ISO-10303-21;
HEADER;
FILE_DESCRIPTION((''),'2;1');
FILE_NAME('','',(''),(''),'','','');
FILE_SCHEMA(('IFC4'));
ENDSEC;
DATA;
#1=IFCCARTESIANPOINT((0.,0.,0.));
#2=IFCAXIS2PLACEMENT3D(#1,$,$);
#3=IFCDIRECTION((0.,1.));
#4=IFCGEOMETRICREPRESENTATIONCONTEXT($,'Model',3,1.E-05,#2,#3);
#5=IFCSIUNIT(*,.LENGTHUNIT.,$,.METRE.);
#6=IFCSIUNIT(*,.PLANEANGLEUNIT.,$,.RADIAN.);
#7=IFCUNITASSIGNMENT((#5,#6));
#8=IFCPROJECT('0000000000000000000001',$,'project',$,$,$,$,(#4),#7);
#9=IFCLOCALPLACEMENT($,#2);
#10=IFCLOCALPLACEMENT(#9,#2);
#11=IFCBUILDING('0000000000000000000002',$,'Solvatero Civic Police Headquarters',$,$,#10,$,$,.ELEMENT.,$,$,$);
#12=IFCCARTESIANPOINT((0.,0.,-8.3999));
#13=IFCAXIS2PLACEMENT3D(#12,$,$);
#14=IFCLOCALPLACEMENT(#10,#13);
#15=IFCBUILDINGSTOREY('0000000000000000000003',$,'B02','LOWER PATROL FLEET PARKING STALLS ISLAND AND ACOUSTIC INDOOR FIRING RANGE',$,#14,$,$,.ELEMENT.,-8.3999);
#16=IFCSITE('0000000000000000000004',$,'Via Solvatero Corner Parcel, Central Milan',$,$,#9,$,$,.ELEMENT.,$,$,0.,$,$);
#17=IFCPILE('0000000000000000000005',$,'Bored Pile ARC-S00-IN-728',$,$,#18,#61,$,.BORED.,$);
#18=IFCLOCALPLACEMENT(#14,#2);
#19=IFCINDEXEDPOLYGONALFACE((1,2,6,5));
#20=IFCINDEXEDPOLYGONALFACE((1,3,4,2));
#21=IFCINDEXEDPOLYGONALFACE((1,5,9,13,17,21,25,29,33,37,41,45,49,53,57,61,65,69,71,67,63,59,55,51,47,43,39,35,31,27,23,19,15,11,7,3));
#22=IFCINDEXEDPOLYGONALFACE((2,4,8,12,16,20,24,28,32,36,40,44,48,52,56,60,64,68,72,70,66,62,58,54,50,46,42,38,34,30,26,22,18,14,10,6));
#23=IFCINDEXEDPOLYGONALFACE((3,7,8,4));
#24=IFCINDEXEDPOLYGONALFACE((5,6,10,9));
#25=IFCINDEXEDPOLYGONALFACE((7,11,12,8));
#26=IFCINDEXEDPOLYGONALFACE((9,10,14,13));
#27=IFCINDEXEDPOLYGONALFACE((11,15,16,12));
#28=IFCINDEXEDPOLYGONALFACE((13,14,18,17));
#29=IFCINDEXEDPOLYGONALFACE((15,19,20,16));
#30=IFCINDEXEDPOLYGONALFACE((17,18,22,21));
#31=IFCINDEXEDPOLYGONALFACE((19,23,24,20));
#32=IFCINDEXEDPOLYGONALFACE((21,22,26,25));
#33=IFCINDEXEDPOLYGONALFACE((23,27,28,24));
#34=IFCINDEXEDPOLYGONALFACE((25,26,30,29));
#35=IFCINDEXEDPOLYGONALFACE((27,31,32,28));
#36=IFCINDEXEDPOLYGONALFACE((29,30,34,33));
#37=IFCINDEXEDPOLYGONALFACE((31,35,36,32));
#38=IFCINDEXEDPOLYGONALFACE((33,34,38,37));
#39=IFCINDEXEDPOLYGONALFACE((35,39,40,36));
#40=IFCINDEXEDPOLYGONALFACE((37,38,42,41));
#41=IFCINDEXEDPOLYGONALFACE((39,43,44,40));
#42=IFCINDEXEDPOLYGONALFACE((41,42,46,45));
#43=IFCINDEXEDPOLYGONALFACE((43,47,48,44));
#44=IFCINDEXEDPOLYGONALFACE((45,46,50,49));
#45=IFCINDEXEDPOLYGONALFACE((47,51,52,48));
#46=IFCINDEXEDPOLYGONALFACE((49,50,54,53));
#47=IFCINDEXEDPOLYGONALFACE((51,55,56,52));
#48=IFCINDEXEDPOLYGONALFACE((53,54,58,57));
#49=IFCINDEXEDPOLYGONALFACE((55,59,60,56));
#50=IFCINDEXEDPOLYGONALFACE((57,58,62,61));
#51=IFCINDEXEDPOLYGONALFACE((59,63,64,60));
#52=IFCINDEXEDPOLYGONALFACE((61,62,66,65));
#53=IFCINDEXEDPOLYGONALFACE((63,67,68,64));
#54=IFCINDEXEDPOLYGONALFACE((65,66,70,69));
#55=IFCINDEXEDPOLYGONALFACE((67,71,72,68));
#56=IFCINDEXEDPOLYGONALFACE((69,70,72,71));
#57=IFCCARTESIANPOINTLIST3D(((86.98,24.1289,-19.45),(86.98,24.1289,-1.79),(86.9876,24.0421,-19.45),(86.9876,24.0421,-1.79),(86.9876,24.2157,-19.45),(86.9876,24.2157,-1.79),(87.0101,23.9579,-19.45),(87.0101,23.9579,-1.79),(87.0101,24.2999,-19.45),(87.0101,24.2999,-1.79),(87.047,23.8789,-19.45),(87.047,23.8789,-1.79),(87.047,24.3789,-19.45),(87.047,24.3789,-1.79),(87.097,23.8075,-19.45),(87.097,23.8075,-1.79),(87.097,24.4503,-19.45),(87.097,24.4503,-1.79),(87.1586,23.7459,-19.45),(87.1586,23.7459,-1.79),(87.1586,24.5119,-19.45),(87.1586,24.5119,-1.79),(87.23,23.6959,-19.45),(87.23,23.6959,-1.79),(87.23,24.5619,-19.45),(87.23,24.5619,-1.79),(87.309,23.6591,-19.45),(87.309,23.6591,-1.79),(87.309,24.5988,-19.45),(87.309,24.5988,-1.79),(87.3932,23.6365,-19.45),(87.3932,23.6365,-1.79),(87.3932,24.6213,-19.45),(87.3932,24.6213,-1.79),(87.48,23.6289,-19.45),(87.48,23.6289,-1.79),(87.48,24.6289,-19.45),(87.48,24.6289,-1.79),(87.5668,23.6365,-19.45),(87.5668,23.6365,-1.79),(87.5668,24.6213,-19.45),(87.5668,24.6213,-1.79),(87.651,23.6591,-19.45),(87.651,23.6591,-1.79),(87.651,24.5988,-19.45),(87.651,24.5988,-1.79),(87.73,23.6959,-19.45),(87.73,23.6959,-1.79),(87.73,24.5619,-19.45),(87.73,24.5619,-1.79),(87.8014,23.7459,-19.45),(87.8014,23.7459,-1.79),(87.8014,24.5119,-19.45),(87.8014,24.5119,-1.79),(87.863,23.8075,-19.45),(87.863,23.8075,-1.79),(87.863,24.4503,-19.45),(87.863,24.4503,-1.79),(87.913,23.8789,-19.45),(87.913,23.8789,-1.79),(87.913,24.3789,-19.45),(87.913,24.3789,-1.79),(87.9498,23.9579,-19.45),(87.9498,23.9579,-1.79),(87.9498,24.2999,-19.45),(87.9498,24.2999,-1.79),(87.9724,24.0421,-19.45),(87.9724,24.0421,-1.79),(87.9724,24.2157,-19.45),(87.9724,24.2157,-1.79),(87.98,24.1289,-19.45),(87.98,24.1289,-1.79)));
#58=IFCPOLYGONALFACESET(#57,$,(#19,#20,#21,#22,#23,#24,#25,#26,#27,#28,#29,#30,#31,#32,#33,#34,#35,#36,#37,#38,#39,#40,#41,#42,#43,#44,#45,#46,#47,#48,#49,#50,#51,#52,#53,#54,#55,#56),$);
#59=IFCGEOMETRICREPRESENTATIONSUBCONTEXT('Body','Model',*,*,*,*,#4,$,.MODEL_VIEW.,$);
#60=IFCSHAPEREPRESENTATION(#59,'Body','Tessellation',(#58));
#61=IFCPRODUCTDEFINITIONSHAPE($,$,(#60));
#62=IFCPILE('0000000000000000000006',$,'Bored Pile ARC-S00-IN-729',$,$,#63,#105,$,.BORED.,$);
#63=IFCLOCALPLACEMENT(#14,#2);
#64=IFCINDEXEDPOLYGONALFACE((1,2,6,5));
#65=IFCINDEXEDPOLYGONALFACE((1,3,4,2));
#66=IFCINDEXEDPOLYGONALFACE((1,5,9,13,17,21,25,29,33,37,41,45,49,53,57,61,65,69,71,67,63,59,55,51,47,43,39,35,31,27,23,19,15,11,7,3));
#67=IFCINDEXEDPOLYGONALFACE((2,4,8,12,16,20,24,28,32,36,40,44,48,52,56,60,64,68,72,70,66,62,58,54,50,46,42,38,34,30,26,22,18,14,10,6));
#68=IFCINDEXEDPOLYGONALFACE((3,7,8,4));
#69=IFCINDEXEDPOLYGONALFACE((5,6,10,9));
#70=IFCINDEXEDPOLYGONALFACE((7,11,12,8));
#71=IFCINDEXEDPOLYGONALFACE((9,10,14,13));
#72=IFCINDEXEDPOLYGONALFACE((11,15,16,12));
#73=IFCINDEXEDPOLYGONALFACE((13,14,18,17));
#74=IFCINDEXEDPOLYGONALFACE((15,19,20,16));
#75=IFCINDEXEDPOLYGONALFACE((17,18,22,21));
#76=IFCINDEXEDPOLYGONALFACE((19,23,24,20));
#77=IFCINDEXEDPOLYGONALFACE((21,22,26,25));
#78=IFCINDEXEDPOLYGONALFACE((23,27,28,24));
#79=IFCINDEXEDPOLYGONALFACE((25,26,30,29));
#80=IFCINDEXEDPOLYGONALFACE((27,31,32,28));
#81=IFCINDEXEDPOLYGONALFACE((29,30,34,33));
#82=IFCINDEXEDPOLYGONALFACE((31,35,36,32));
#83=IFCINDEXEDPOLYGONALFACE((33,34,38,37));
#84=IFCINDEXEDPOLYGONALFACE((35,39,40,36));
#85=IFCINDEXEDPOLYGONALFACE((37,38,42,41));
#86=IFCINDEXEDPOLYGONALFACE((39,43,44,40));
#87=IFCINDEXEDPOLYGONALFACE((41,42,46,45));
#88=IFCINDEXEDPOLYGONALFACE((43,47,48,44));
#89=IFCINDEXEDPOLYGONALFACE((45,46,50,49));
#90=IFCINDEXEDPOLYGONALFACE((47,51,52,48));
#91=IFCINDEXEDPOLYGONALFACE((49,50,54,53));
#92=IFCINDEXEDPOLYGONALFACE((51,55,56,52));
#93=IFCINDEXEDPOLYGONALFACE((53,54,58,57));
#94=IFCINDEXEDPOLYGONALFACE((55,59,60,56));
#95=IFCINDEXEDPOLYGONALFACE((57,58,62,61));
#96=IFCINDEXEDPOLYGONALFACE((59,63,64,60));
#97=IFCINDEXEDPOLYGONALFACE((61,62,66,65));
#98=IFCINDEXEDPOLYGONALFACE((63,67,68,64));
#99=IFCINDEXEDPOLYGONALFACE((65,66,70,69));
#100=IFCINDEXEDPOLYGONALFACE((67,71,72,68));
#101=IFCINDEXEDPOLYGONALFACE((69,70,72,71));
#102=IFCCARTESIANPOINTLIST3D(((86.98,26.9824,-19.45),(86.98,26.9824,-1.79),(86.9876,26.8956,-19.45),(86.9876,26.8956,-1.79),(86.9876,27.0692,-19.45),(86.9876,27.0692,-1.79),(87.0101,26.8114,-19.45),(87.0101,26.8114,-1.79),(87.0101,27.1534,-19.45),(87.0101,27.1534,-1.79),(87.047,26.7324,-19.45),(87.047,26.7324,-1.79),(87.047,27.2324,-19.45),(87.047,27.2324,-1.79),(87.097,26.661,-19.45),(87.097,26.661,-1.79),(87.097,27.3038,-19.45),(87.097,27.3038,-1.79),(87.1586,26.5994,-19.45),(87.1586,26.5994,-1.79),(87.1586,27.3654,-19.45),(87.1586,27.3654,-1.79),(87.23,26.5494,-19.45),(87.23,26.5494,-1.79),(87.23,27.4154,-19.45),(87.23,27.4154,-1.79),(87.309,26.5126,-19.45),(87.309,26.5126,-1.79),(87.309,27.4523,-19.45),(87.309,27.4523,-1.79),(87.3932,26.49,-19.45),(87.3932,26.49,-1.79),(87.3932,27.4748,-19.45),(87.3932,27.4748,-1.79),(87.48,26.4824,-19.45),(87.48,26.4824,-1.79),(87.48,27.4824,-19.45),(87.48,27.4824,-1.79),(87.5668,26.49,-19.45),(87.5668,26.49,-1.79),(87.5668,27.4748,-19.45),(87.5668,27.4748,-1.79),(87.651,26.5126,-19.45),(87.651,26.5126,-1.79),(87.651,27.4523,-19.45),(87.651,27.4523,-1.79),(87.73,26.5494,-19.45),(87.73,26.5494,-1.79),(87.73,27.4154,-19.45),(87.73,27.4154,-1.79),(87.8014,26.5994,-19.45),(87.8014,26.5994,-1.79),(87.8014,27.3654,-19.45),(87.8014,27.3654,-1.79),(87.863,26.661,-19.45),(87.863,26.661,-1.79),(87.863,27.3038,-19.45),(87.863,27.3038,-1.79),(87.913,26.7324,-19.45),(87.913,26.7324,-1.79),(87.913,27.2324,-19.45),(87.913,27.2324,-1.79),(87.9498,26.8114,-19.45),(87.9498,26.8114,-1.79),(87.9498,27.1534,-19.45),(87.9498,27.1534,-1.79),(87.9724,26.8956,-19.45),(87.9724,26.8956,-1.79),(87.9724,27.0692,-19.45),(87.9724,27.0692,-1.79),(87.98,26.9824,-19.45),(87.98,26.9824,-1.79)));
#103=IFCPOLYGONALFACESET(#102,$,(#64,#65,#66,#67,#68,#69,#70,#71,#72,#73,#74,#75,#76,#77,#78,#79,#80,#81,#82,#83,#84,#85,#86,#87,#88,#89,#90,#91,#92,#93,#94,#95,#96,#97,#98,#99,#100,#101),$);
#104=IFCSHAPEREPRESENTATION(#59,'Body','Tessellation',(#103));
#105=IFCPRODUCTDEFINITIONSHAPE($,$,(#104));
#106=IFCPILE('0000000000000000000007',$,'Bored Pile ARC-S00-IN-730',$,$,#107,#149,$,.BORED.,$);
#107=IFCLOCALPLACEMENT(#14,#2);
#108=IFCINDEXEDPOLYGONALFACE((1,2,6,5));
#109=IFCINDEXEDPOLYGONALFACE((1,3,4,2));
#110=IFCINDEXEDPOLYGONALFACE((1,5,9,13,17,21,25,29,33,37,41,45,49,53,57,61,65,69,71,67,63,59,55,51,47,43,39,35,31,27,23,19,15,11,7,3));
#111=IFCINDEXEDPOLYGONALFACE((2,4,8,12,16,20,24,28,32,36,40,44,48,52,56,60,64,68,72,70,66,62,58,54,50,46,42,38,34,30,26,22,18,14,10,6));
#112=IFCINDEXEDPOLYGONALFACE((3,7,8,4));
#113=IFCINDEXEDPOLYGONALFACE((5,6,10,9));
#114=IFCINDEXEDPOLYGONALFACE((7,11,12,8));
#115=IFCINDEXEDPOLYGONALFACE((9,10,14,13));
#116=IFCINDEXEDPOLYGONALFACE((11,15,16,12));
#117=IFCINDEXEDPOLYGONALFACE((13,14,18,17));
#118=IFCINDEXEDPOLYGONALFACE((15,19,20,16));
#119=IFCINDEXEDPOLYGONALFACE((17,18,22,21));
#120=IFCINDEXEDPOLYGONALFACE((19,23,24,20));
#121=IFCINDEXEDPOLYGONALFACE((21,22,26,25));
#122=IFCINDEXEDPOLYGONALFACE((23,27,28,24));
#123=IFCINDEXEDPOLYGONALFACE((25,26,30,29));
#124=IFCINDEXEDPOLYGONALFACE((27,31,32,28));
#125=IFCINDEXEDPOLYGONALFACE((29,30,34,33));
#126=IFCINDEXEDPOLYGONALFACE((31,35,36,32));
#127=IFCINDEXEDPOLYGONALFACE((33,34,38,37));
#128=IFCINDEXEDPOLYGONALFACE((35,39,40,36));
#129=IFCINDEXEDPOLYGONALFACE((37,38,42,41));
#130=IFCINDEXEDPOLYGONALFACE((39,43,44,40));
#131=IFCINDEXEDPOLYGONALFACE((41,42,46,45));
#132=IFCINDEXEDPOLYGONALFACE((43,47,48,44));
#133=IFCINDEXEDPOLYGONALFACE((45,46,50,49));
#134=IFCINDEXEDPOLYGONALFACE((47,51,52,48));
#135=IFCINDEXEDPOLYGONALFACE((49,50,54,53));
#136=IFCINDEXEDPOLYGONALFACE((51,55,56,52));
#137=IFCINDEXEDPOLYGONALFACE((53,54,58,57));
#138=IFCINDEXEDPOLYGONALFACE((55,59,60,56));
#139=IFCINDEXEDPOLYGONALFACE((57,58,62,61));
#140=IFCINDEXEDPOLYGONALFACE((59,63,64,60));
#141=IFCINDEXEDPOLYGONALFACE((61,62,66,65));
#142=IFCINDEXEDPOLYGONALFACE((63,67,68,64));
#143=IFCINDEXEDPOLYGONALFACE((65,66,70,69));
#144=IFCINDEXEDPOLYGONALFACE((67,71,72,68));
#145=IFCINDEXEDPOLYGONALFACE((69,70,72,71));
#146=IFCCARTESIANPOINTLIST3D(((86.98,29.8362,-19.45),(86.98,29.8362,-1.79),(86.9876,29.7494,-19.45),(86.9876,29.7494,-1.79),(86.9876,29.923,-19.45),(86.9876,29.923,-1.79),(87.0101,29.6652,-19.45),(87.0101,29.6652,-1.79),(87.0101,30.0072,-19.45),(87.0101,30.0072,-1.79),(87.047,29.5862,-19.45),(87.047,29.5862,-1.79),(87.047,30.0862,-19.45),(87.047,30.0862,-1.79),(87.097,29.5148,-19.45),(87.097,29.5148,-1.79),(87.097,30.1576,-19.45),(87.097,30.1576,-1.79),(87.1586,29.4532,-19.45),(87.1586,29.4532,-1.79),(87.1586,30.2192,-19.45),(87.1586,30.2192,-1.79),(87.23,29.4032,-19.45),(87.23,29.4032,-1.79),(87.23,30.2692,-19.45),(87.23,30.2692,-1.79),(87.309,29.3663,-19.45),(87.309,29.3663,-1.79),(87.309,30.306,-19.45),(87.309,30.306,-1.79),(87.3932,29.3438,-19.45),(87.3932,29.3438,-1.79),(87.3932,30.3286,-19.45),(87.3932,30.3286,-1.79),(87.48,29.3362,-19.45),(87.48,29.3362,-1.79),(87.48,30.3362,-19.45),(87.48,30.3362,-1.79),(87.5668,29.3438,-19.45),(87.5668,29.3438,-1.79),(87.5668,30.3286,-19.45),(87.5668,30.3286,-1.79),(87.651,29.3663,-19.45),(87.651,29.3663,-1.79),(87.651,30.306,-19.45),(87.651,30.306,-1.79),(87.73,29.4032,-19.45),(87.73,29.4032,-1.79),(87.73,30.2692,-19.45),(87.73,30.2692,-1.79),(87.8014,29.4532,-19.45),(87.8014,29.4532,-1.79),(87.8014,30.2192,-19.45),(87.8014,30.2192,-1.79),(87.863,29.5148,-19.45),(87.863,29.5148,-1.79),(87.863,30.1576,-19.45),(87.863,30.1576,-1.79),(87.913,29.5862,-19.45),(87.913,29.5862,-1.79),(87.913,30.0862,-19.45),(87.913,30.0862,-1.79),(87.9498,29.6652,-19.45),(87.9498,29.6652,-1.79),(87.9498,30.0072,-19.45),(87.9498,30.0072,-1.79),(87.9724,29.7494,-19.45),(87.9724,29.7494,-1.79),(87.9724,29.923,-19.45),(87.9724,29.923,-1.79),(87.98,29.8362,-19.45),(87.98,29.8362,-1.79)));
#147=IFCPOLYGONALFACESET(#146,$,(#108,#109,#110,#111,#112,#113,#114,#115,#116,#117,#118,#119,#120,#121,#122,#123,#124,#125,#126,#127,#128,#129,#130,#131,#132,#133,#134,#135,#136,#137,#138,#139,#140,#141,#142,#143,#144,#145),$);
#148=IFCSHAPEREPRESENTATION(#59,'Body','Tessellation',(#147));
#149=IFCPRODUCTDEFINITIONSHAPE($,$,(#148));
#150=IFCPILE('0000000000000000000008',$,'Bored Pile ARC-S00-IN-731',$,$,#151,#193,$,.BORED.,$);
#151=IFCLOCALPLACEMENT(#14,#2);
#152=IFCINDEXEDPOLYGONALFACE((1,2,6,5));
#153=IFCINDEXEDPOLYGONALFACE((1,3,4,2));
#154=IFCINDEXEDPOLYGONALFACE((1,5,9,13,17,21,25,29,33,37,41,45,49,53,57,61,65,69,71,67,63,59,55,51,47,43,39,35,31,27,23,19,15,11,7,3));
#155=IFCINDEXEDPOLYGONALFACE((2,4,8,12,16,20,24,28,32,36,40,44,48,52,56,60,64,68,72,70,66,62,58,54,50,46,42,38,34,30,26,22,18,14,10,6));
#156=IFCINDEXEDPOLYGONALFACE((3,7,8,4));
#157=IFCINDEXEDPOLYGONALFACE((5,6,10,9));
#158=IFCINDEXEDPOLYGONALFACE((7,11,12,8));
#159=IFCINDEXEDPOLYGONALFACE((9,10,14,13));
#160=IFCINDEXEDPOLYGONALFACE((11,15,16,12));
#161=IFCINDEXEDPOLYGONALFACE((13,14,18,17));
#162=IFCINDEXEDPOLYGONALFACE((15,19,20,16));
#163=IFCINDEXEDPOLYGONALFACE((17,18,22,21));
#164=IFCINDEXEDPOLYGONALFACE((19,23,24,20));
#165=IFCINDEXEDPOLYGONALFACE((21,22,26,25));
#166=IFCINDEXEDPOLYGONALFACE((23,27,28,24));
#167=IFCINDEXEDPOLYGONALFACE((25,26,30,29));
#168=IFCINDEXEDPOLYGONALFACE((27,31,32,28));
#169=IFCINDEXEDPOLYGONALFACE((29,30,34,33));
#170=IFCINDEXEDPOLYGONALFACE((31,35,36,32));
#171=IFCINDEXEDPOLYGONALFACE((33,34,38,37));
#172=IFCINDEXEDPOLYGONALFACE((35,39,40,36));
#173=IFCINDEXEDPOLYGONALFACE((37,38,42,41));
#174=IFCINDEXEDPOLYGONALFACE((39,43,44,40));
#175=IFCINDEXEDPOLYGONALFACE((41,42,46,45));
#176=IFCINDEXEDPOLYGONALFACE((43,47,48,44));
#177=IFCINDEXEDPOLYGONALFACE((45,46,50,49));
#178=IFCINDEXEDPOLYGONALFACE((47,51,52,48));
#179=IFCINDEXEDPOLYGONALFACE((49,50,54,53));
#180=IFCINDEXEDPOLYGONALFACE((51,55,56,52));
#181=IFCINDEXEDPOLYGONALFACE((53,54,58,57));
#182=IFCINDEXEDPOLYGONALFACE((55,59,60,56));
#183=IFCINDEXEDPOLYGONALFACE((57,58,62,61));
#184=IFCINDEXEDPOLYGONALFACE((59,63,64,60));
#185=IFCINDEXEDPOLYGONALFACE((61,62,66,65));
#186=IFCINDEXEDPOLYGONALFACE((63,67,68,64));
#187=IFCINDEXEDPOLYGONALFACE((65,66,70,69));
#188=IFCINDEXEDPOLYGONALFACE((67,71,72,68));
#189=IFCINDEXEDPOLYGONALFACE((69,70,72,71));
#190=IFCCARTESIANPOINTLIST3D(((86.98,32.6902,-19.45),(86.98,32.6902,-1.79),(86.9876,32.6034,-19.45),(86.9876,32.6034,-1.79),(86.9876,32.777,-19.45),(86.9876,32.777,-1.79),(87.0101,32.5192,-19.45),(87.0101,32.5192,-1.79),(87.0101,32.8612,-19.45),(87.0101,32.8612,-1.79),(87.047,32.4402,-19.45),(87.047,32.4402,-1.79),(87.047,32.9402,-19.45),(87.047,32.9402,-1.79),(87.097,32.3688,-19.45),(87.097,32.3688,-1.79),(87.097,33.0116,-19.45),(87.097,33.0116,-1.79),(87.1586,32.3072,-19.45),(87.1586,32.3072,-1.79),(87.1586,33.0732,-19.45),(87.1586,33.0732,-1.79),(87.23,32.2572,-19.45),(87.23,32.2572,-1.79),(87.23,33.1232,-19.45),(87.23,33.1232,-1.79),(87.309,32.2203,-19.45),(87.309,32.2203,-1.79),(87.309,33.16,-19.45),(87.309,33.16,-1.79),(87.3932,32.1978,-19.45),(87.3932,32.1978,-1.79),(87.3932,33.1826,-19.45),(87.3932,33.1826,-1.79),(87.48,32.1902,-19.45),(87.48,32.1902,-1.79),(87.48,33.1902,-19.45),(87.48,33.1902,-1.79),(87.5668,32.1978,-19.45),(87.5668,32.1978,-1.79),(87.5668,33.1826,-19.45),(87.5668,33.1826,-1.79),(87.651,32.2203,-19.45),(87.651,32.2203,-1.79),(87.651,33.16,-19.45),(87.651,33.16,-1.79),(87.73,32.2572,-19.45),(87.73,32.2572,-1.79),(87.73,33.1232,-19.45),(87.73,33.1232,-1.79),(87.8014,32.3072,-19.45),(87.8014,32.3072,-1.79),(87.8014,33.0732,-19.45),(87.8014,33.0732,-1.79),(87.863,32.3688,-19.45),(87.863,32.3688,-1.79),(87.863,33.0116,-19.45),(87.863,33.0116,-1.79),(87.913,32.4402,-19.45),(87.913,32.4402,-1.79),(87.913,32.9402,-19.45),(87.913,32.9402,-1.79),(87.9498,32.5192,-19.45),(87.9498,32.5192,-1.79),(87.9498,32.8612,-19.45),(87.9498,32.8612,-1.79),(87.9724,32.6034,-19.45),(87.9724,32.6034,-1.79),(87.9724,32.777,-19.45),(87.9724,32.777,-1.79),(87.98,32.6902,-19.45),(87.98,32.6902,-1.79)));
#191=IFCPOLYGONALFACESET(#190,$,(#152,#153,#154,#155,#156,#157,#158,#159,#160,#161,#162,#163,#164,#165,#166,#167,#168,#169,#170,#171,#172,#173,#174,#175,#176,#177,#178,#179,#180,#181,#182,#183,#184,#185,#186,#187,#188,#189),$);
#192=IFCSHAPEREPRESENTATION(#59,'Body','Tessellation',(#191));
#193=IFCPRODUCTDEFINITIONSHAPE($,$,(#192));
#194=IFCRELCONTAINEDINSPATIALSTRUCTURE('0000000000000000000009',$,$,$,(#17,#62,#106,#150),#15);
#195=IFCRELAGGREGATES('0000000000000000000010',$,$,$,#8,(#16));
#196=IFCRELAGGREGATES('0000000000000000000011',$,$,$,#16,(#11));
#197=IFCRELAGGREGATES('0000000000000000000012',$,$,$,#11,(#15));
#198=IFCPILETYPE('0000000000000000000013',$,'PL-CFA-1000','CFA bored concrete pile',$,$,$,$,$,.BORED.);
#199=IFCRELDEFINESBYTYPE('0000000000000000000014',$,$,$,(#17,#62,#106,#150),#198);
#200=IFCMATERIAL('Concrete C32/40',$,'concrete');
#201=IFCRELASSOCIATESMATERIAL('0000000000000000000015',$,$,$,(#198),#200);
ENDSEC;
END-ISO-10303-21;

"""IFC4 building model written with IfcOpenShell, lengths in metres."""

from ifc_helpers import new_model, si_unit, direction, frame, origin, origin_2d, place, context, subcontext, project, spatial, circle, extrude, material, material_profile, profile_set, type_object, element, save


model = new_model("IFC4")

# Units and contexts
model_context = context("Model", 3, precision=1e-05, world=origin(), true_north=direction((0.0, 1.0)))
body_context = subcontext(model_context, "Body", "Model", "MODEL_VIEW")
ifc_project = project(units=[si_unit("LENGTHUNIT", "METRE"), si_unit("PLANEANGLEUNIT", "RADIAN")], contexts=[model_context])

# Site, building, storey
site_placement = place(None, origin())
site = spatial("IfcSite", under=ifc_project, at=site_placement, Name="Via Solvatero Corner Parcel, Central Milan", CompositionType="ELEMENT", RefElevation=0.0)
building_placement = place(site_placement, origin())
building = spatial("IfcBuilding", under=site, at=building_placement, Name="Solvatero Civic Police Headquarters", CompositionType="ELEMENT")
storey_placement = place(building_placement, frame((0.0, 0.0, -8.3999)))
storey = spatial("IfcBuildingStorey", under=building, at=storey_placement, Name="B02", Description="LOWER PATROL FLEET PARKING STALLS ISLAND AND ACOUSTIC INDOOR FIRING RANGE", CompositionType="ELEMENT", Elevation=-8.3999)

# Piles
ifc_material_1 = material(Name="Concrete C32/40", Category="concrete")
ifc_material_profile_1 = material_profile(ifc_material_1, circle(Radius=0.5, at=origin_2d()), Name="CFA PILE D1000")
ifc_profile_set_1 = profile_set([ifc_material_profile_1], Name="Concrete C32/40")
pile_type = type_object("IfcPileType", Name="PL-CFA-1000", Description="CFA bored concrete pile", PredefinedType="BORED", material=ifc_profile_set_1)
for number, where, z_axis, x_axis, name in (
    (1, (87.48, 24.1289, -1.79), (0.0, 0.0, -1.0), (1.0, 0.0, 0.0), "Bored Pile ARC-S00-IN-728"),
    (2, (87.48, 26.9824, -1.79), (0.0, 0.0, -1.0), (1.0, 0.0, 0.0), "Bored Pile ARC-S00-IN-729"),
    (3, (87.48, 29.8362, -1.79), (0.0, 0.0, -1.0), (1.0, 0.0, 0.0), "Bored Pile ARC-S00-IN-730"),
    (4, (87.48, 32.6902, -1.79), (0.0, 0.0, -1.0), (1.0, 0.0, 0.0), "Bored Pile ARC-S00-IN-731"),
):
    element("IfcPile", number, at=place(storey_placement, frame(where, z_axis=z_axis, x_axis=x_axis)), inside=storey, type_object=pile_type, Name=name, PredefinedType="BORED", context=body_context, shape_type="SweptSolid", body=[
        extrude(circle(Radius=0.5, at=origin_2d()), origin(), (0.0, 0.0, 1.0), 17.6599),
    ])

save(model, "model.ifc")
